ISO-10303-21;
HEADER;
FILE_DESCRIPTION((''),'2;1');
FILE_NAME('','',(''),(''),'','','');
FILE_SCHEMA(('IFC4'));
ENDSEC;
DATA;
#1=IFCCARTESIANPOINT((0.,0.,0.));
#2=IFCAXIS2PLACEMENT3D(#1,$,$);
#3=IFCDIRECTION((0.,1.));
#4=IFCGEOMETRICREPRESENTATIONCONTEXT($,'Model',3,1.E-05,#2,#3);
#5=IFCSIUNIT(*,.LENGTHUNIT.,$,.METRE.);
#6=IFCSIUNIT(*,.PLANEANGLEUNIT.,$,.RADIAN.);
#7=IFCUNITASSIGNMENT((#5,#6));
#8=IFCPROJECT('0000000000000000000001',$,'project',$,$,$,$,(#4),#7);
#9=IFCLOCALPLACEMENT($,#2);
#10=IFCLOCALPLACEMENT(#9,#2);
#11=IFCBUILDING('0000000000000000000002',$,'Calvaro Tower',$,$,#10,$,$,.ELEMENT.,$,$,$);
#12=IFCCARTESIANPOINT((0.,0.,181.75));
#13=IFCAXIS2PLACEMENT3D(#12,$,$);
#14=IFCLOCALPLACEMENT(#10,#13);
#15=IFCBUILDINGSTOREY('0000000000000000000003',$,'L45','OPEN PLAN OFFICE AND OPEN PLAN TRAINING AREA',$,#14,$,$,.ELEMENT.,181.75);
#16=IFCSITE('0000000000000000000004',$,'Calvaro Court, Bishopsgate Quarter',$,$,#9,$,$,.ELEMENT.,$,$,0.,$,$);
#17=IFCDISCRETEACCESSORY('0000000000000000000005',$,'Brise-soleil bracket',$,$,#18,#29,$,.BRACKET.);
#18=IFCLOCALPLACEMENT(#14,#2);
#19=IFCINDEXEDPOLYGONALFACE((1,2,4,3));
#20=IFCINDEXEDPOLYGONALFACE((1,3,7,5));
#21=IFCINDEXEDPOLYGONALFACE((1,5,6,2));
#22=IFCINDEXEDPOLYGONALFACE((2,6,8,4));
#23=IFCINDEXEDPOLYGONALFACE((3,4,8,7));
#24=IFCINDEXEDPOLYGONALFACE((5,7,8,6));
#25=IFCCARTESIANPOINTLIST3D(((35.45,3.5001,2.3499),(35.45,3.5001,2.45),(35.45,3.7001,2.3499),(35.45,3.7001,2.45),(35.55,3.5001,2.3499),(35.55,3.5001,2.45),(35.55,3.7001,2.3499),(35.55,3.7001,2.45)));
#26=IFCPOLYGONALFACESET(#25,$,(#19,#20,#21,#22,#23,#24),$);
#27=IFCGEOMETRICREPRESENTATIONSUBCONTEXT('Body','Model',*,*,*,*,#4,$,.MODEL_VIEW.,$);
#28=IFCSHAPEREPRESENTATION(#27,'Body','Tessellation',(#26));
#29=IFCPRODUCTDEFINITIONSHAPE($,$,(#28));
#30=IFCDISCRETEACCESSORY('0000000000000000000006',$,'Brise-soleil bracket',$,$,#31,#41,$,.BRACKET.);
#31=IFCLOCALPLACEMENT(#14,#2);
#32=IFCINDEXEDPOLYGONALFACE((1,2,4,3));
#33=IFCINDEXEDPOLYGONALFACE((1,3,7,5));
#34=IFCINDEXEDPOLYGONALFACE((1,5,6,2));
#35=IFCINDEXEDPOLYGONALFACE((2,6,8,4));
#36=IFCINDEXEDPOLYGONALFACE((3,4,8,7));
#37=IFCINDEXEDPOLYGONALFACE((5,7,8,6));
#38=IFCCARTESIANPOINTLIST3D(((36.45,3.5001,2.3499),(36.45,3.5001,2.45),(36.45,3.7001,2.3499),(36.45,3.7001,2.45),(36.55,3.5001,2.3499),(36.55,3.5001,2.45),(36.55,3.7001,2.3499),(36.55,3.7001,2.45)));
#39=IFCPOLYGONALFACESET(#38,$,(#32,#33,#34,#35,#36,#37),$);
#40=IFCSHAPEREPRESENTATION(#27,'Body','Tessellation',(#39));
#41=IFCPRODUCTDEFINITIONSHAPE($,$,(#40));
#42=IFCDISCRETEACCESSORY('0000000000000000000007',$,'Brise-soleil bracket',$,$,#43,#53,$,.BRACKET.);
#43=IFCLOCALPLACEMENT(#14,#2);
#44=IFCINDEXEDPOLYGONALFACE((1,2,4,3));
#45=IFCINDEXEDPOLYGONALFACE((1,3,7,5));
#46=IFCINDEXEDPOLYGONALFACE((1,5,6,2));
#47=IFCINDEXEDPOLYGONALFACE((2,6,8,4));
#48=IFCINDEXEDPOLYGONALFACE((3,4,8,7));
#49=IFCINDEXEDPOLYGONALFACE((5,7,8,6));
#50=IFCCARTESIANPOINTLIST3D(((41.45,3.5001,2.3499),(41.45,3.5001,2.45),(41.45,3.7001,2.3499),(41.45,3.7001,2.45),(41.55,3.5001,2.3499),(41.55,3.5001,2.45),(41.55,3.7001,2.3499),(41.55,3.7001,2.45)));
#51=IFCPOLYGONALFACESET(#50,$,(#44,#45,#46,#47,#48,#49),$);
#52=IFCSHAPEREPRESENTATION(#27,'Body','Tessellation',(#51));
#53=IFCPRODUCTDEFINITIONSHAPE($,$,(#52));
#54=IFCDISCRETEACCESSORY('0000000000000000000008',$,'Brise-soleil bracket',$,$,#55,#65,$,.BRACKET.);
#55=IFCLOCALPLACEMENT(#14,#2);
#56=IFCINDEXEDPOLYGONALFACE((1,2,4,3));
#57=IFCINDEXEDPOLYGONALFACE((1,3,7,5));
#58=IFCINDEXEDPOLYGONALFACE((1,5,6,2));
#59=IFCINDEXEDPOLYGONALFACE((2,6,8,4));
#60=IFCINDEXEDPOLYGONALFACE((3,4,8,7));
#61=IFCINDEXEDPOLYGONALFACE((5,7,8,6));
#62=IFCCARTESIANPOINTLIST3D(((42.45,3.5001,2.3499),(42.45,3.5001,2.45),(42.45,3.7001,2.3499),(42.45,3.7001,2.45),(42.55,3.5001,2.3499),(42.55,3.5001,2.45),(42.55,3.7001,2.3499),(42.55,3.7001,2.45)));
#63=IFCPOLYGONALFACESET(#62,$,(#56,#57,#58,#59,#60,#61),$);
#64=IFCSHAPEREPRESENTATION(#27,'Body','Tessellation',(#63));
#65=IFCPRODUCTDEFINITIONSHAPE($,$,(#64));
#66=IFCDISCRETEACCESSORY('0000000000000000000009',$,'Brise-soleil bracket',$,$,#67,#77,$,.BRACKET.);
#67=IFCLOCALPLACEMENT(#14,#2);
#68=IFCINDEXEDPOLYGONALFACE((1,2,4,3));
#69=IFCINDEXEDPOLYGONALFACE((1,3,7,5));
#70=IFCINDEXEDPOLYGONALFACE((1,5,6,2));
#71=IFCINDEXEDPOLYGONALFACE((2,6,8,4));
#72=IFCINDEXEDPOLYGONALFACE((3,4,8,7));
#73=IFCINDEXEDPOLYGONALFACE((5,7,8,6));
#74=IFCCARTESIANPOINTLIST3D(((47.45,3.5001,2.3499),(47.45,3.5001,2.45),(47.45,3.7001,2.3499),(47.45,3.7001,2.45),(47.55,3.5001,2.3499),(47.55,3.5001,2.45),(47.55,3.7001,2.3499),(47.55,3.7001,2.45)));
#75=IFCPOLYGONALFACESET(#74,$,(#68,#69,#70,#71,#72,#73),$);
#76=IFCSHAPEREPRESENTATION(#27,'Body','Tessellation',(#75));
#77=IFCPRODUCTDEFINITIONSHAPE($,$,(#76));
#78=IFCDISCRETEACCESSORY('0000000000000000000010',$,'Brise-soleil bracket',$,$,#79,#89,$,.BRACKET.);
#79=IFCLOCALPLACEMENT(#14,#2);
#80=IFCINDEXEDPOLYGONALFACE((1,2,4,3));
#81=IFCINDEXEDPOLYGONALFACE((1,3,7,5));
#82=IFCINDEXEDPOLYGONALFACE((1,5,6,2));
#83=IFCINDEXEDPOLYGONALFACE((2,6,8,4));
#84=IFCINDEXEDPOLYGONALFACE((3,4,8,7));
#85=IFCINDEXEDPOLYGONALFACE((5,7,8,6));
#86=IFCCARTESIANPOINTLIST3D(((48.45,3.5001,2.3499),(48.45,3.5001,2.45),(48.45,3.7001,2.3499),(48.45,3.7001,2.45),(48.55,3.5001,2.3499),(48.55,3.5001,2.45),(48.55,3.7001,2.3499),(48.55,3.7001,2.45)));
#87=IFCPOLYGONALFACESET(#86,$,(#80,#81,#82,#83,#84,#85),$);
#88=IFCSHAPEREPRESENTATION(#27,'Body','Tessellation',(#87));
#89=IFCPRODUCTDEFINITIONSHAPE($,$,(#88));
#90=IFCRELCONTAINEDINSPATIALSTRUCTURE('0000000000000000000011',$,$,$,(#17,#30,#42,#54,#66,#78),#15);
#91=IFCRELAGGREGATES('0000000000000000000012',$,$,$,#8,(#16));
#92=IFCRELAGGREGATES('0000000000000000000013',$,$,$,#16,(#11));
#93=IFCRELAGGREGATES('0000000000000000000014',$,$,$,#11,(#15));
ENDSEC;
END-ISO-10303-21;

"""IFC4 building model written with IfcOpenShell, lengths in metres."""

from ifc_helpers import new_model, si_unit, direction, frame, origin, origin_2d, place, context, subcontext, project, spatial, rectangle, extrude, element, save


model = new_model("IFC4")

# Units and contexts
model_context = context("Model", 3, precision=1e-05, world=origin(), true_north=direction((0.0, 1.0)))
body_context = subcontext(model_context, "Body", "Model", "MODEL_VIEW")
ifc_project = project(units=[si_unit("LENGTHUNIT", "METRE"), si_unit("PLANEANGLEUNIT", "RADIAN")], contexts=[model_context])

# Site, building, storey
site_placement = place(None, origin())
site = spatial("IfcSite", under=ifc_project, at=site_placement, Name="Calvaro Court, Bishopsgate Quarter", CompositionType="ELEMENT", RefElevation=0.0)
building_placement = place(site_placement, origin())
building = spatial("IfcBuilding", under=site, at=building_placement, Name="Calvaro Tower", CompositionType="ELEMENT")
storey_placement = place(building_placement, frame((0.0, 0.0, 181.75)))
storey = spatial("IfcBuildingStorey", under=building, at=storey_placement, Name="L45", Description="OPEN PLAN OFFICE AND OPEN PLAN TRAINING AREA", CompositionType="ELEMENT", Elevation=181.75)

# Discrete accessories
for number, where, z_axis, x_axis, name in (
    (1, (35.5, 3.6001, 2.3499), (0.0, 0.0, 1.0), (1.0, 0.0, 0.0), "Brise-soleil bracket"),
    (2, (36.5, 3.6001, 2.3499), (0.0, 0.0, 1.0), (1.0, 0.0, 0.0), "Brise-soleil bracket"),
    (3, (41.5, 3.6001, 2.3499), (0.0, 0.0, 1.0), (1.0, 0.0, 0.0), "Brise-soleil bracket"),
    (4, (42.5, 3.6001, 2.3499), (0.0, 0.0, 1.0), (1.0, 0.0, 0.0), "Brise-soleil bracket"),
    (5, (47.5, 3.6001, 2.3499), (0.0, 0.0, 1.0), (1.0, 0.0, 0.0), "Brise-soleil bracket"),
    (6, (48.5, 3.6001, 2.3499), (0.0, 0.0, 1.0), (1.0, 0.0, 0.0), "Brise-soleil bracket"),
):
    element("IfcDiscreteAccessory", number, at=place(storey_placement, frame(where, z_axis=z_axis, x_axis=x_axis)), inside=storey, Name=name, PredefinedType="BRACKET", context=body_context, shape_type="SweptSolid", body=[
        extrude(rectangle(XDim=0.1001, YDim=0.2, at=origin_2d()), origin(), (0.0, 0.0, 1.0), 0.1001),
    ])

save(model, "model.ifc")
